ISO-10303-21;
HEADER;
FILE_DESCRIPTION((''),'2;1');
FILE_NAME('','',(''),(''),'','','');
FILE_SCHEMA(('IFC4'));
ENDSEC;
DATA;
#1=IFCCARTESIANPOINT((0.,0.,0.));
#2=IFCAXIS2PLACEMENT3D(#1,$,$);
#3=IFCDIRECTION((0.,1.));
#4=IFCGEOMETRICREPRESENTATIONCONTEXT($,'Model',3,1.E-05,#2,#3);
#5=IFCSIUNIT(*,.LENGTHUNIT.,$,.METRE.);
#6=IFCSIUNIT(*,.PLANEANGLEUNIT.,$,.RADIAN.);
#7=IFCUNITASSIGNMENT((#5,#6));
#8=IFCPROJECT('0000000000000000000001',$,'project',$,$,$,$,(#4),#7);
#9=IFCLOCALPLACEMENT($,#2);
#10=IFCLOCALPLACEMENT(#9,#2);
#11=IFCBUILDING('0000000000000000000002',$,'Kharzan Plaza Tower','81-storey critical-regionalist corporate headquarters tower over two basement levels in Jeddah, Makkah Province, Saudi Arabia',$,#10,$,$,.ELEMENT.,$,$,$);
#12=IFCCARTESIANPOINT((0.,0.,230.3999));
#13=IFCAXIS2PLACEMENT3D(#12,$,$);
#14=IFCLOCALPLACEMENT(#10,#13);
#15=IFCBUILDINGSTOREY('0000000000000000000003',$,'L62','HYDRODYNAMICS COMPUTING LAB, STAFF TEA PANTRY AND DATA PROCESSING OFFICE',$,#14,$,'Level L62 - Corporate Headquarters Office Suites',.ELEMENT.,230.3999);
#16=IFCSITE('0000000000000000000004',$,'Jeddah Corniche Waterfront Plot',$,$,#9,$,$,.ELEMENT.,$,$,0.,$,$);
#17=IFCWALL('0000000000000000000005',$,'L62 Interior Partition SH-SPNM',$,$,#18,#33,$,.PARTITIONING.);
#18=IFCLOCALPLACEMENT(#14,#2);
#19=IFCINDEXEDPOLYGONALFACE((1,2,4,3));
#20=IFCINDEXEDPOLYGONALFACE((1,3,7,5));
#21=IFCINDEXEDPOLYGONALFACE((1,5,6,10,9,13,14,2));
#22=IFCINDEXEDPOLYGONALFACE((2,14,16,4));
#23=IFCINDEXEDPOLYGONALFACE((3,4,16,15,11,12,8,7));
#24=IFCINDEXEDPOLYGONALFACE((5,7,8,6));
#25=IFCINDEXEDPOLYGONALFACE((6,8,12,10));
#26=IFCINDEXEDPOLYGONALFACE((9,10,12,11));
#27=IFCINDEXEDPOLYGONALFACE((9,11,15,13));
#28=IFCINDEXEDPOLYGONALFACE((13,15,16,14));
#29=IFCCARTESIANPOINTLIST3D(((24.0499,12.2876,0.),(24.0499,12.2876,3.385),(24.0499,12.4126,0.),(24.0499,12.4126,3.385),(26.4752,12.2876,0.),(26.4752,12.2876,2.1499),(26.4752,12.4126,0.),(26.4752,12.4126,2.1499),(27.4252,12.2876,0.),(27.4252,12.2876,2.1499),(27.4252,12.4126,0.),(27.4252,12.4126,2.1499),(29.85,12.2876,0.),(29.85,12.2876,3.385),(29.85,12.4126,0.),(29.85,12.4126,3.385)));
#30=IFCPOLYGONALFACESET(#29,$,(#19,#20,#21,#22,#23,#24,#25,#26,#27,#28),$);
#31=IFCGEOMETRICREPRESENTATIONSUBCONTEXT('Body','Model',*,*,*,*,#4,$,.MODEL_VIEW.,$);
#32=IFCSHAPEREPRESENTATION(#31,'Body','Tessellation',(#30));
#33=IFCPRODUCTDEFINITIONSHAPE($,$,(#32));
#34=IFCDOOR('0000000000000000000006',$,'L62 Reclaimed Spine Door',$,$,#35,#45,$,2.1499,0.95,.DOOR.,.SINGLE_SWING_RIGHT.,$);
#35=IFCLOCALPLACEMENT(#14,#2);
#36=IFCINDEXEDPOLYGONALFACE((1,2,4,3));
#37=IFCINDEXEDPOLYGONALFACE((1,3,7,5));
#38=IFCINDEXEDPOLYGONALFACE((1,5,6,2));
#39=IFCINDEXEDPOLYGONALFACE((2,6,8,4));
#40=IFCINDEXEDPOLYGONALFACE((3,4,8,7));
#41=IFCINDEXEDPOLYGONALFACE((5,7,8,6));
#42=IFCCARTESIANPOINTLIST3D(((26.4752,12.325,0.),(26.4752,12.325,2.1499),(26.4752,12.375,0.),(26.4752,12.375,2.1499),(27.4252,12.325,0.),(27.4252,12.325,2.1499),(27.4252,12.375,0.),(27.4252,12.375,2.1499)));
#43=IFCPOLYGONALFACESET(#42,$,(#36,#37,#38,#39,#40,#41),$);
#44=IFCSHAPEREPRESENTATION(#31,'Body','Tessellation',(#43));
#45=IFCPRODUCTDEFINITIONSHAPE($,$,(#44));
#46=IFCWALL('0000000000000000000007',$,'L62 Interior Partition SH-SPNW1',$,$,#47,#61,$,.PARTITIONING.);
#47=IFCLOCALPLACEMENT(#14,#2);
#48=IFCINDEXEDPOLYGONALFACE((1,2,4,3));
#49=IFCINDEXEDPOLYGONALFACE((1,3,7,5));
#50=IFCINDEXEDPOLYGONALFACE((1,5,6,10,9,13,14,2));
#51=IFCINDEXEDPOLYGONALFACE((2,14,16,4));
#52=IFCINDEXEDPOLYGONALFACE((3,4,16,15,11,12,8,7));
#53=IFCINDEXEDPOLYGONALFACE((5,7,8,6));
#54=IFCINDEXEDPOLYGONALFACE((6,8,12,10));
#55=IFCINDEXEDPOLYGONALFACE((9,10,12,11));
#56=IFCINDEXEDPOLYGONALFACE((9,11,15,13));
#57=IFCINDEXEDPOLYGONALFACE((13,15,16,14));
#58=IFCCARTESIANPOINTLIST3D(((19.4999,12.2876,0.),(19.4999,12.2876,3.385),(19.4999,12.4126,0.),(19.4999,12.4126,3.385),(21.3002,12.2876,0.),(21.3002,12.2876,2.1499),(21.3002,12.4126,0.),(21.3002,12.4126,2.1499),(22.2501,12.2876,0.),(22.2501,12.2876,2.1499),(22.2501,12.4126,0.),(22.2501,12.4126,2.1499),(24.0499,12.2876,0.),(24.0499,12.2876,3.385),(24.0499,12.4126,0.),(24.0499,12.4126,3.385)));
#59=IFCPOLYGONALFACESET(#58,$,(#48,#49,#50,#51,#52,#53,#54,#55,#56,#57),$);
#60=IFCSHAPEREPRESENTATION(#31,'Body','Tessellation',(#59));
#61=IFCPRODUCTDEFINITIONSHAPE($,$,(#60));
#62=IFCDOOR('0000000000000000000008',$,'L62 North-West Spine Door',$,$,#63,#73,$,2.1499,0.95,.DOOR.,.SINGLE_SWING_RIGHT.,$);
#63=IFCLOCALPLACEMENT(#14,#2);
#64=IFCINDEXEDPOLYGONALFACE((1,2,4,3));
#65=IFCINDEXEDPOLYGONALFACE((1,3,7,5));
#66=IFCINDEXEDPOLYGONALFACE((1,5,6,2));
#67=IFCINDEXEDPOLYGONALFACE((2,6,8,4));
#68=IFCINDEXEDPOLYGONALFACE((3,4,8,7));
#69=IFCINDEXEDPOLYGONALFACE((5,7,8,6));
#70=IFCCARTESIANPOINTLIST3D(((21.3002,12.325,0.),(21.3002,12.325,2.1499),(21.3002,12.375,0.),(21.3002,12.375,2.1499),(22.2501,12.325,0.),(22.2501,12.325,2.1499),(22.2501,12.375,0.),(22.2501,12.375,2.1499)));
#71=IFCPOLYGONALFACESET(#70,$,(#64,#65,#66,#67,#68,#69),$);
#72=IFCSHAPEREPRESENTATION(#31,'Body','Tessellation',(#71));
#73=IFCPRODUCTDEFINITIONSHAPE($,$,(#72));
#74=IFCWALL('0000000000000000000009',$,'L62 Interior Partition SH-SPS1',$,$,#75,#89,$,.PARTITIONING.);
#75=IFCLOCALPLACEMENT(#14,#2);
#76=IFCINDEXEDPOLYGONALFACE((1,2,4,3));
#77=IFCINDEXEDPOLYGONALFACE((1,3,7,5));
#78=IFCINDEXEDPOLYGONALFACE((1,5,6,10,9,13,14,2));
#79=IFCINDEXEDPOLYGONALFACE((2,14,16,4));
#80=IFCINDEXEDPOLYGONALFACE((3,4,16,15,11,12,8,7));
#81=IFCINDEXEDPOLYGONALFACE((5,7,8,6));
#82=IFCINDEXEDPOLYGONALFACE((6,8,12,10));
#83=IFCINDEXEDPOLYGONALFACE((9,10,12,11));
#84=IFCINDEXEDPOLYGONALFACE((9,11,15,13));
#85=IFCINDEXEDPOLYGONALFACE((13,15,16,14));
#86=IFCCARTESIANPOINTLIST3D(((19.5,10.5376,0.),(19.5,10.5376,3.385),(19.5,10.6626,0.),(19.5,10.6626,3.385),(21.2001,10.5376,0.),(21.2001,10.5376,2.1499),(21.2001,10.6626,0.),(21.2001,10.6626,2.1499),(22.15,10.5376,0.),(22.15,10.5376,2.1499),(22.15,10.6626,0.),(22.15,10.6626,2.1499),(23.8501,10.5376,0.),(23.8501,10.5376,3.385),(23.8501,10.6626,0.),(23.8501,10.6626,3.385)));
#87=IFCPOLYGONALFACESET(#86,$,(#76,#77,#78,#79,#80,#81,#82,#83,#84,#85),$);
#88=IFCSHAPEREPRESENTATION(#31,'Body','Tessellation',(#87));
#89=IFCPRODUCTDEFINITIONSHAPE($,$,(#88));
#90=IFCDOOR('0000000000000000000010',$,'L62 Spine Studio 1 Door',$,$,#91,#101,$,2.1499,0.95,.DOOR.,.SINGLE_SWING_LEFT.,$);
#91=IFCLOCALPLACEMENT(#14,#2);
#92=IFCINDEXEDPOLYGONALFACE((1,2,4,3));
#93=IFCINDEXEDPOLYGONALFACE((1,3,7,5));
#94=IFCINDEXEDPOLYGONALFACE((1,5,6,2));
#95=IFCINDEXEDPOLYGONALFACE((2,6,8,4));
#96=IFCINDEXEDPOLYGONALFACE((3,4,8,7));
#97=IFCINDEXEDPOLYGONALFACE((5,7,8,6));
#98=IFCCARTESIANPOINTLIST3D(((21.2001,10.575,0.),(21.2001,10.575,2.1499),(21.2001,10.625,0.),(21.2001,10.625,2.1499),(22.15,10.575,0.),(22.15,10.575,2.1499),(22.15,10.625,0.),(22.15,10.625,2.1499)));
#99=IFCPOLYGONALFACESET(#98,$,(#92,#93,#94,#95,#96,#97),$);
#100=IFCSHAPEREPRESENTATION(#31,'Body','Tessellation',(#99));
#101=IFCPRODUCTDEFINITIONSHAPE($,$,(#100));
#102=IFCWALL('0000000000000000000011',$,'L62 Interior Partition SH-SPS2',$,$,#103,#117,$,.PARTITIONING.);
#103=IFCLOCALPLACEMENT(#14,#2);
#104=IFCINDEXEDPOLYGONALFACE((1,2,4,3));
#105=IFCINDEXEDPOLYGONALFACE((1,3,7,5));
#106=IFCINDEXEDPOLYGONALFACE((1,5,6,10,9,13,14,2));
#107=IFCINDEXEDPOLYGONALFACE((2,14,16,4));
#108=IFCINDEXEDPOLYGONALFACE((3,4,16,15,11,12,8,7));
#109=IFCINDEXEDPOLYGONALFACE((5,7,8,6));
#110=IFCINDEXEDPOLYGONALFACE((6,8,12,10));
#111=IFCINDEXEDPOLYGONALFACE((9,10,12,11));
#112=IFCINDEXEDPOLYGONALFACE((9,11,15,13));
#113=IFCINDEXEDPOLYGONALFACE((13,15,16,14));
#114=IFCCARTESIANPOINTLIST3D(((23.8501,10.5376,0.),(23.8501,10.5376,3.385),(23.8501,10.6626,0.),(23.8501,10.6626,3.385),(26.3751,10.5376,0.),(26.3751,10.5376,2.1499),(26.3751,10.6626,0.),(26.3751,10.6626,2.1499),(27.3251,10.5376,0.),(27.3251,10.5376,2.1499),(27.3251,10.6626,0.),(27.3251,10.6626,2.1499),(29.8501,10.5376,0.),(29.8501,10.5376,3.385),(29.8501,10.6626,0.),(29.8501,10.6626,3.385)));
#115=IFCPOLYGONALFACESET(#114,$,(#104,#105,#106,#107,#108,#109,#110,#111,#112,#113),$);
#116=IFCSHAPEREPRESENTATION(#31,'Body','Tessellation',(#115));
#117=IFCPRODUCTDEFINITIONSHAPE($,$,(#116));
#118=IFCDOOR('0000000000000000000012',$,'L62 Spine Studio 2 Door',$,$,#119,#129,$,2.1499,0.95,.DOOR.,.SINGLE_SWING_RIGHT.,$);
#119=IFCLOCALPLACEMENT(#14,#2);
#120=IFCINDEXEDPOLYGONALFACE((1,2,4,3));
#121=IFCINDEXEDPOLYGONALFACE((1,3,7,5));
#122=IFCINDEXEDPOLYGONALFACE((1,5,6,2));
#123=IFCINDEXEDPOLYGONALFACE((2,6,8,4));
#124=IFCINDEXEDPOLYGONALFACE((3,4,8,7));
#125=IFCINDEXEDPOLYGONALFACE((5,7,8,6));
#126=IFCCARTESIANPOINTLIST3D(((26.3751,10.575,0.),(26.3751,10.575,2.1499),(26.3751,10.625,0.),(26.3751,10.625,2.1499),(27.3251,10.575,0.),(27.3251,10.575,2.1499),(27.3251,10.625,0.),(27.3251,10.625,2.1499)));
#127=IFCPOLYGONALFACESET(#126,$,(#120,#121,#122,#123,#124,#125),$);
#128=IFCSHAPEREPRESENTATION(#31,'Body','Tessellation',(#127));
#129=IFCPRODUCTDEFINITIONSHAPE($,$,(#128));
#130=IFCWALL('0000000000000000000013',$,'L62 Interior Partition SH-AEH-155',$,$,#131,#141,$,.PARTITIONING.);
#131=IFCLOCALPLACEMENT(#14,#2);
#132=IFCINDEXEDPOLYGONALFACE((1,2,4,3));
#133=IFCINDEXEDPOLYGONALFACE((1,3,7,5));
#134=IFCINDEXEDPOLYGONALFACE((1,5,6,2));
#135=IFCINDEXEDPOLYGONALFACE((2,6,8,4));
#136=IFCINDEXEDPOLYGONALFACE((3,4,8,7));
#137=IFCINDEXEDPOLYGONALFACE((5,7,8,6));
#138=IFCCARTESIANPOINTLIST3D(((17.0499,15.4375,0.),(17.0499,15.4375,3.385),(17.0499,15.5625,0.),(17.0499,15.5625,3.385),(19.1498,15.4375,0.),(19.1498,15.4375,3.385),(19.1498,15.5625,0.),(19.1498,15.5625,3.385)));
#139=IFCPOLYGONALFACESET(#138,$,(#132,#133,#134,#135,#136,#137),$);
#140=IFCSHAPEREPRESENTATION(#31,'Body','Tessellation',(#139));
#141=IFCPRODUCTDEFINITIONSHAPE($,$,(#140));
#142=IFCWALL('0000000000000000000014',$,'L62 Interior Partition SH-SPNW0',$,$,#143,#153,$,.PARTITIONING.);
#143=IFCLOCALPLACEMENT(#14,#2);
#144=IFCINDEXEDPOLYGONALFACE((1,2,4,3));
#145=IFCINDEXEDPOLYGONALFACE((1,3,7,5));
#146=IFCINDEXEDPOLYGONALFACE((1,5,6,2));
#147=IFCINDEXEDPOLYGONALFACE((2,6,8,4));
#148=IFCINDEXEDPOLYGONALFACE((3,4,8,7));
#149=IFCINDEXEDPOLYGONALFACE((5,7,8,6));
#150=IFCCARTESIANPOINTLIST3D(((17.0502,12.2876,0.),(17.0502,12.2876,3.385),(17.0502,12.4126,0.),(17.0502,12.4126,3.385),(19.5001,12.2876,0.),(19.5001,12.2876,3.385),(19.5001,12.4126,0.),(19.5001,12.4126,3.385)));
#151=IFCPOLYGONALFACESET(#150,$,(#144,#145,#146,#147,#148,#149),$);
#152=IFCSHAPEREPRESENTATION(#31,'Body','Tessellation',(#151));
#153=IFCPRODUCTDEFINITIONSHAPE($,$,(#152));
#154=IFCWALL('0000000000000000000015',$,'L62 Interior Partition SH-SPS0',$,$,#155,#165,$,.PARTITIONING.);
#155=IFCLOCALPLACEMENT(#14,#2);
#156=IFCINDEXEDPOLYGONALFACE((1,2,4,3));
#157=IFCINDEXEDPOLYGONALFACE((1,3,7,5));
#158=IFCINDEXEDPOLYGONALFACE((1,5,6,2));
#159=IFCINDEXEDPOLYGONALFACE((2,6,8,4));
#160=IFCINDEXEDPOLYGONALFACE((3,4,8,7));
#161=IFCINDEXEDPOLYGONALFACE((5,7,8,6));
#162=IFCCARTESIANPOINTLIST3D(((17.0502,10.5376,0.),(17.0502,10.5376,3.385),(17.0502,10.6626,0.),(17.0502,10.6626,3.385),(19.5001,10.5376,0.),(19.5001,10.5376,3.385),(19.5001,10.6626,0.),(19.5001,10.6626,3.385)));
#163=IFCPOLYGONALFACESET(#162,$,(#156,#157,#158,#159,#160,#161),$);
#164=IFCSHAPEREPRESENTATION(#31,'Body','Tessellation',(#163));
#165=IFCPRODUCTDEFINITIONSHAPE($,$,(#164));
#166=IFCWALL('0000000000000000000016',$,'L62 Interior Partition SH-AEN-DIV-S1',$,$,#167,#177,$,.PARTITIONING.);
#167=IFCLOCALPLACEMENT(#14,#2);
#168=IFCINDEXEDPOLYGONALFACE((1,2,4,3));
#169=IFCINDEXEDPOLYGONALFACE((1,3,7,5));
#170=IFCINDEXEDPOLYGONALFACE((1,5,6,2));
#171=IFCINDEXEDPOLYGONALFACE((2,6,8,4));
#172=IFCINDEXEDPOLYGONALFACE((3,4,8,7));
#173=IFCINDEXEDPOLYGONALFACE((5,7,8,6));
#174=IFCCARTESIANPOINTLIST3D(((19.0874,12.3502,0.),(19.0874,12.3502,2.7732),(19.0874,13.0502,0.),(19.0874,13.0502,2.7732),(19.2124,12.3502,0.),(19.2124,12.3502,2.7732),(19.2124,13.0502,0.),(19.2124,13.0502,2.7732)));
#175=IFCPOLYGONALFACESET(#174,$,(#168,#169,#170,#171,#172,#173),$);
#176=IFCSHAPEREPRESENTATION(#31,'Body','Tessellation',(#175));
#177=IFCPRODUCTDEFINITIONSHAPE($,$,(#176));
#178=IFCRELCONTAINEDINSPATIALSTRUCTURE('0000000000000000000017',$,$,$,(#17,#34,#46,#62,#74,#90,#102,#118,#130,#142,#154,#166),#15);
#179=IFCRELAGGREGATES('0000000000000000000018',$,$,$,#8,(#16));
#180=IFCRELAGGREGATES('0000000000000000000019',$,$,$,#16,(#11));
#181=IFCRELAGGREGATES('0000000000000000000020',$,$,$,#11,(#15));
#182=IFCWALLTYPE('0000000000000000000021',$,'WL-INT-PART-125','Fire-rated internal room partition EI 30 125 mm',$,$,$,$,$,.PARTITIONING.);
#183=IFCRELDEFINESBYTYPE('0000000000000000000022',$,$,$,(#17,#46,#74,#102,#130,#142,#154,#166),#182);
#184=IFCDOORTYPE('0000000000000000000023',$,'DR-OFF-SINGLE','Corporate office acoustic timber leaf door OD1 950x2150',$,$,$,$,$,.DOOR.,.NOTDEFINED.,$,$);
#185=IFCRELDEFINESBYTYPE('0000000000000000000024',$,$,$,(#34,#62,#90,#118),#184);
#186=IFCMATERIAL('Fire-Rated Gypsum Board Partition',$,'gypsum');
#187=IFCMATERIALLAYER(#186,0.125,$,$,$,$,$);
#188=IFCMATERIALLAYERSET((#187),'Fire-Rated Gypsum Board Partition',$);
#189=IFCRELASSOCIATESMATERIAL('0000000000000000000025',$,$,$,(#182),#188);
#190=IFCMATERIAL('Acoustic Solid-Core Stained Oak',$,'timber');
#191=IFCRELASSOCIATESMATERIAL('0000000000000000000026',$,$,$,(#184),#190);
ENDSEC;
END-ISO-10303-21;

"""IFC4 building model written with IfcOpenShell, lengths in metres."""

from ifc_helpers import new_model, si_unit, direction, frame, frame_2d, origin, place, context, subcontext, project, spatial, rectangle, extrude, source, transform, mapped, material, layer, layer_set, type_object, element, fill, save


model = new_model("IFC4")

# Units and contexts
model_context = context("Model", 3, precision=1e-05, world=origin(), true_north=direction((0.0, 1.0)))
body_context = subcontext(model_context, "Body", "Model", "MODEL_VIEW")
ifc_project = project(units=[si_unit("LENGTHUNIT", "METRE"), si_unit("PLANEANGLEUNIT", "RADIAN")], contexts=[model_context])

# Site, building, storey
site_placement = place(None, origin())
site = spatial("IfcSite", under=ifc_project, at=site_placement, Name="Jeddah Corniche Waterfront Plot", CompositionType="ELEMENT", RefElevation=0.0)
building_placement = place(site_placement, origin())
building = spatial("IfcBuilding", under=site, at=building_placement, Name="Kharzan Plaza Tower", Description="81-storey critical-regionalist corporate headquarters tower over two basement levels in Jeddah, Makkah Province, Saudi Arabia", CompositionType="ELEMENT")
storey_placement = place(building_placement, frame((0.0, 0.0, 230.3999)))
storey = spatial("IfcBuildingStorey", under=building, at=storey_placement, Name="L62", Description="HYDRODYNAMICS COMPUTING LAB, STAFF TEA PANTRY AND DATA PROCESSING OFFICE", LongName="Level L62 - Corporate Headquarters Office Suites", CompositionType="ELEMENT", Elevation=230.3999)

# Walls, openings, doors
ifc_material_1 = material(Name="Fire-Rated Gypsum Board Partition", Category="gypsum")
ifc_layer_1 = layer(ifc_material_1, 0.125)
ifc_layer_set_1 = layer_set([ifc_layer_1], Name="Fire-Rated Gypsum Board Partition")
wall_type_1 = type_object("IfcWallType", Name="WL-INT-PART-125", Description="Fire-rated internal room partition EI 30 125 mm", PredefinedType="PARTITIONING", material=ifc_layer_set_1)
ifc_material_2 = material(Name="Acoustic Solid-Core Stained Oak", Category="timber")
door_type = type_object("IfcDoorType", Name="DR-OFF-SINGLE", Description="Corporate office acoustic timber leaf door OD1 950x2150", OperationType="NOTDEFINED", PredefinedType="DOOR", material=ifc_material_2)
shared_shape_1 = source(origin(), body_context, "Body", "SweptSolid", [
    extrude(rectangle(XDim=0.95, YDim=2.1499, at=frame_2d((0.4751, 1.075))), frame((0.0, 0.0249, 0.0), z_axis=(0.0, -1.0, 0.0), x_axis=(1.0, 0.0, 0.0)), (0.0, 0.0, 1.0), 0.05),
])
wall_1_placement = place(storey_placement, frame((24.05, 12.3501, 0.0), z_axis=(0.0, 0.0, 1.0), x_axis=(1.0, 0.0, 0.0)))
wall_1 = element("IfcWall", 1, at=wall_1_placement, inside=storey, type_object=wall_type_1, Name="L62 Interior Partition SH-SPNM", PredefinedType="PARTITIONING", context=body_context, shape_type="SweptSolid", body=[
    extrude(rectangle(XDim=5.8, YDim=0.125, at=frame_2d((2.8999, 0.0))), origin(), (0.0, 0.0, 1.0), 3.385),
])
opening_1_placement = place(wall_1_placement, frame((2.425, 0.0, 0.0)))
opening_1 = element("IfcOpeningElement", 2, at=opening_1_placement, cuts=wall_1, PredefinedType="OPENING", context=body_context, shape_type="SweptSolid", body=[
    extrude(rectangle(XDim=0.95, YDim=2.1499, at=frame_2d((0.4751, 1.075))), frame((0.0, 0.0725, 0.0), z_axis=(0.0, -1.0, 0.0), x_axis=(1.0, 0.0, 0.0)), (0.0, 0.0, 1.0), 0.145),
])
door_1_placement = place(opening_1_placement, origin())
door_1 = element("IfcDoor", 3, at=door_1_placement, inside=storey, type_object=door_type, Name="L62 Reclaimed Spine Door", OperationType="SINGLE_SWING_RIGHT", OverallHeight=2.1499, OverallWidth=0.95, PredefinedType="DOOR", context=body_context, shape_type="MappedRepresentation", body=[
    mapped(shared_shape_1, transform((0.0, 0.0, 0.0), x_axis=(1.0, 0.0, 0.0), y_axis=(0.0, 1.0, 0.0), z_axis=(0.0, 0.0, 1.0))),
])
fill(opening_1, door_1)
wall_2_placement = place(storey_placement, frame((19.5, 12.3501, 0.0), z_axis=(0.0, 0.0, 1.0), x_axis=(1.0, 0.0, 0.0)))
wall_2 = element("IfcWall", 4, at=wall_2_placement, inside=storey, type_object=wall_type_1, Name="L62 Interior Partition SH-SPNW1", PredefinedType="PARTITIONING", context=body_context, shape_type="SweptSolid", body=[
    extrude(rectangle(XDim=4.55, YDim=0.125, at=frame_2d((2.2749, 0.0))), origin(), (0.0, 0.0, 1.0), 3.385),
])
opening_2_placement = place(wall_2_placement, frame((1.8, 0.0, 0.0)))
opening_2 = element("IfcOpeningElement", 5, at=opening_2_placement, cuts=wall_2, PredefinedType="OPENING", context=body_context, shape_type="SweptSolid", body=[
    extrude(rectangle(XDim=0.95, YDim=2.1499, at=frame_2d((0.4751, 1.075))), frame((0.0, 0.0725, 0.0), z_axis=(0.0, -1.0, 0.0), x_axis=(1.0, 0.0, 0.0)), (0.0, 0.0, 1.0), 0.145),
])
door_2_placement = place(opening_2_placement, origin())
door_2 = element("IfcDoor", 6, at=door_2_placement, inside=storey, type_object=door_type, Name="L62 North-West Spine Door", OperationType="SINGLE_SWING_RIGHT", OverallHeight=2.1499, OverallWidth=0.95, PredefinedType="DOOR", context=body_context, shape_type="MappedRepresentation", body=[
    mapped(shared_shape_1, transform((0.0, 0.0, 0.0), x_axis=(1.0, 0.0, 0.0), y_axis=(0.0, 1.0, 0.0), z_axis=(0.0, 0.0, 1.0))),
])
fill(opening_2, door_2)
wall_3_placement = place(storey_placement, frame((19.5, 10.6001, 0.0), z_axis=(0.0, 0.0, 1.0), x_axis=(1.0, 0.0, 0.0)))
wall_3 = element("IfcWall", 7, at=wall_3_placement, inside=storey, type_object=wall_type_1, Name="L62 Interior Partition SH-SPS1", PredefinedType="PARTITIONING", context=body_context, shape_type="SweptSolid", body=[
    extrude(rectangle(XDim=4.3501, YDim=0.125, at=frame_2d((2.175, 0.0))), origin(), (0.0, 0.0, 1.0), 3.385),
])
opening_3_placement = place(wall_3_placement, frame((1.7, 0.0, 0.0)))
opening_3 = element("IfcOpeningElement", 8, at=opening_3_placement, cuts=wall_3, PredefinedType="OPENING", context=body_context, shape_type="SweptSolid", body=[
    extrude(rectangle(XDim=0.95, YDim=2.1499, at=frame_2d((0.4751, 1.075))), frame((0.0, 0.0725, 0.0), z_axis=(0.0, -1.0, 0.0), x_axis=(1.0, 0.0, 0.0)), (0.0, 0.0, 1.0), 0.145),
])
door_3_placement = place(opening_3_placement, origin())
door_3 = element("IfcDoor", 9, at=door_3_placement, inside=storey, type_object=door_type, Name="L62 Spine Studio 1 Door", OperationType="SINGLE_SWING_LEFT", OverallHeight=2.1499, OverallWidth=0.95, PredefinedType="DOOR", context=body_context, shape_type="MappedRepresentation", body=[
    mapped(shared_shape_1, transform((0.0, 0.0, 0.0), x_axis=(1.0, 0.0, 0.0), y_axis=(0.0, 1.0, 0.0), z_axis=(0.0, 0.0, 1.0))),
])
fill(opening_3, door_3)
wall_4_placement = place(storey_placement, frame((23.8501, 10.6001, 0.0), z_axis=(0.0, 0.0, 1.0), x_axis=(1.0, 0.0, 0.0)))
wall_4 = element("IfcWall", 10, at=wall_4_placement, inside=storey, type_object=wall_type_1, Name="L62 Interior Partition SH-SPS2", PredefinedType="PARTITIONING", context=body_context, shape_type="SweptSolid", body=[
    extrude(rectangle(XDim=6.0, YDim=0.125, at=frame_2d((3.0, 0.0))), origin(), (0.0, 0.0, 1.0), 3.385),
])
opening_4_placement = place(wall_4_placement, frame((2.5249, 0.0, 0.0)))
opening_4 = element("IfcOpeningElement", 11, at=opening_4_placement, cuts=wall_4, PredefinedType="OPENING", context=body_context, shape_type="SweptSolid", body=[
    extrude(rectangle(XDim=0.95, YDim=2.1499, at=frame_2d((0.4751, 1.075))), frame((0.0, 0.0725, 0.0), z_axis=(0.0, -1.0, 0.0), x_axis=(1.0, 0.0, 0.0)), (0.0, 0.0, 1.0), 0.145),
])
door_4_placement = place(opening_4_placement, origin())
door_4 = element("IfcDoor", 12, at=door_4_placement, inside=storey, type_object=door_type, Name="L62 Spine Studio 2 Door", OperationType="SINGLE_SWING_RIGHT", OverallHeight=2.1499, OverallWidth=0.95, PredefinedType="DOOR", context=body_context, shape_type="MappedRepresentation", body=[
    mapped(shared_shape_1, transform((0.0, 0.0, 0.0), x_axis=(1.0, 0.0, 0.0), y_axis=(0.0, 1.0, 0.0), z_axis=(0.0, 0.0, 1.0))),
])
fill(opening_4, door_4)

# Walls
shared_shape_2 = source(origin(), body_context, "Body", "SweptSolid", [
    extrude(rectangle(XDim=2.0999, YDim=0.125, at=frame_2d((1.0498, 0.0))), origin(), (0.0, 0.0, 1.0), 3.385),
])
wall_5_placement = place(storey_placement, frame((17.05, 15.5, 0.0), z_axis=(0.0, 0.0, 1.0), x_axis=(1.0, 0.0, 0.0)))
element("IfcWall", 13, at=wall_5_placement, inside=storey, type_object=wall_type_1, Name="L62 Interior Partition SH-AEH-155", PredefinedType="PARTITIONING", context=body_context, shape_type="MappedRepresentation", body=[
    mapped(shared_shape_2, transform((0.0, 0.0, 0.0), x_axis=(1.0, 0.0, 0.0), y_axis=(0.0, 1.0, 0.0), z_axis=(0.0, 0.0, 1.0))),
])
shared_shape_3 = source(origin(), body_context, "Body", "SweptSolid", [
    extrude(rectangle(XDim=2.45, YDim=0.125, at=frame_2d((1.2251, 0.0))), origin(), (0.0, 0.0, 1.0), 3.385),
])
for number, where, z_axis, x_axis, name in (
    (14, (17.05, 12.3501, 0.0), (0.0, 0.0, 1.0), (1.0, 0.0, 0.0), "L62 Interior Partition SH-SPNW0"),
    (15, (17.05, 10.6001, 0.0), (0.0, 0.0, 1.0), (1.0, 0.0, 0.0), "L62 Interior Partition SH-SPS0"),
):
    element("IfcWall", number, at=place(storey_placement, frame(where, z_axis=z_axis, x_axis=x_axis)), inside=storey, type_object=wall_type_1, Name=name, PredefinedType="PARTITIONING", context=body_context, shape_type="MappedRepresentation", body=[
        mapped(shared_shape_3, transform((0.0, 0.0, 0.0), x_axis=(1.0, 0.0, 0.0), y_axis=(0.0, 1.0, 0.0), z_axis=(0.0, 0.0, 1.0))),
    ])
shared_shape_4 = source(origin(), body_context, "Body", "SweptSolid", [
    extrude(rectangle(XDim=0.7, YDim=0.125, at=frame_2d((0.3501, 0.0))), origin(), (0.0, 0.0, 1.0), 2.7732),
])
wall_6_placement = place(storey_placement, frame((19.1499, 12.3501, 0.0), z_axis=(0.0, 0.0, 1.0), x_axis=(0.0, 1.0, 0.0)))
element("IfcWall", 16, at=wall_6_placement, inside=storey, type_object=wall_type_1, Name="L62 Interior Partition SH-AEN-DIV-S1", PredefinedType="PARTITIONING", context=body_context, shape_type="MappedRepresentation", body=[
    mapped(shared_shape_4, transform((0.0, 0.0, 0.0), x_axis=(1.0, 0.0, 0.0), y_axis=(0.0, 1.0, 0.0), z_axis=(0.0, 0.0, 1.0))),
])

save(model, "model.ifc")
